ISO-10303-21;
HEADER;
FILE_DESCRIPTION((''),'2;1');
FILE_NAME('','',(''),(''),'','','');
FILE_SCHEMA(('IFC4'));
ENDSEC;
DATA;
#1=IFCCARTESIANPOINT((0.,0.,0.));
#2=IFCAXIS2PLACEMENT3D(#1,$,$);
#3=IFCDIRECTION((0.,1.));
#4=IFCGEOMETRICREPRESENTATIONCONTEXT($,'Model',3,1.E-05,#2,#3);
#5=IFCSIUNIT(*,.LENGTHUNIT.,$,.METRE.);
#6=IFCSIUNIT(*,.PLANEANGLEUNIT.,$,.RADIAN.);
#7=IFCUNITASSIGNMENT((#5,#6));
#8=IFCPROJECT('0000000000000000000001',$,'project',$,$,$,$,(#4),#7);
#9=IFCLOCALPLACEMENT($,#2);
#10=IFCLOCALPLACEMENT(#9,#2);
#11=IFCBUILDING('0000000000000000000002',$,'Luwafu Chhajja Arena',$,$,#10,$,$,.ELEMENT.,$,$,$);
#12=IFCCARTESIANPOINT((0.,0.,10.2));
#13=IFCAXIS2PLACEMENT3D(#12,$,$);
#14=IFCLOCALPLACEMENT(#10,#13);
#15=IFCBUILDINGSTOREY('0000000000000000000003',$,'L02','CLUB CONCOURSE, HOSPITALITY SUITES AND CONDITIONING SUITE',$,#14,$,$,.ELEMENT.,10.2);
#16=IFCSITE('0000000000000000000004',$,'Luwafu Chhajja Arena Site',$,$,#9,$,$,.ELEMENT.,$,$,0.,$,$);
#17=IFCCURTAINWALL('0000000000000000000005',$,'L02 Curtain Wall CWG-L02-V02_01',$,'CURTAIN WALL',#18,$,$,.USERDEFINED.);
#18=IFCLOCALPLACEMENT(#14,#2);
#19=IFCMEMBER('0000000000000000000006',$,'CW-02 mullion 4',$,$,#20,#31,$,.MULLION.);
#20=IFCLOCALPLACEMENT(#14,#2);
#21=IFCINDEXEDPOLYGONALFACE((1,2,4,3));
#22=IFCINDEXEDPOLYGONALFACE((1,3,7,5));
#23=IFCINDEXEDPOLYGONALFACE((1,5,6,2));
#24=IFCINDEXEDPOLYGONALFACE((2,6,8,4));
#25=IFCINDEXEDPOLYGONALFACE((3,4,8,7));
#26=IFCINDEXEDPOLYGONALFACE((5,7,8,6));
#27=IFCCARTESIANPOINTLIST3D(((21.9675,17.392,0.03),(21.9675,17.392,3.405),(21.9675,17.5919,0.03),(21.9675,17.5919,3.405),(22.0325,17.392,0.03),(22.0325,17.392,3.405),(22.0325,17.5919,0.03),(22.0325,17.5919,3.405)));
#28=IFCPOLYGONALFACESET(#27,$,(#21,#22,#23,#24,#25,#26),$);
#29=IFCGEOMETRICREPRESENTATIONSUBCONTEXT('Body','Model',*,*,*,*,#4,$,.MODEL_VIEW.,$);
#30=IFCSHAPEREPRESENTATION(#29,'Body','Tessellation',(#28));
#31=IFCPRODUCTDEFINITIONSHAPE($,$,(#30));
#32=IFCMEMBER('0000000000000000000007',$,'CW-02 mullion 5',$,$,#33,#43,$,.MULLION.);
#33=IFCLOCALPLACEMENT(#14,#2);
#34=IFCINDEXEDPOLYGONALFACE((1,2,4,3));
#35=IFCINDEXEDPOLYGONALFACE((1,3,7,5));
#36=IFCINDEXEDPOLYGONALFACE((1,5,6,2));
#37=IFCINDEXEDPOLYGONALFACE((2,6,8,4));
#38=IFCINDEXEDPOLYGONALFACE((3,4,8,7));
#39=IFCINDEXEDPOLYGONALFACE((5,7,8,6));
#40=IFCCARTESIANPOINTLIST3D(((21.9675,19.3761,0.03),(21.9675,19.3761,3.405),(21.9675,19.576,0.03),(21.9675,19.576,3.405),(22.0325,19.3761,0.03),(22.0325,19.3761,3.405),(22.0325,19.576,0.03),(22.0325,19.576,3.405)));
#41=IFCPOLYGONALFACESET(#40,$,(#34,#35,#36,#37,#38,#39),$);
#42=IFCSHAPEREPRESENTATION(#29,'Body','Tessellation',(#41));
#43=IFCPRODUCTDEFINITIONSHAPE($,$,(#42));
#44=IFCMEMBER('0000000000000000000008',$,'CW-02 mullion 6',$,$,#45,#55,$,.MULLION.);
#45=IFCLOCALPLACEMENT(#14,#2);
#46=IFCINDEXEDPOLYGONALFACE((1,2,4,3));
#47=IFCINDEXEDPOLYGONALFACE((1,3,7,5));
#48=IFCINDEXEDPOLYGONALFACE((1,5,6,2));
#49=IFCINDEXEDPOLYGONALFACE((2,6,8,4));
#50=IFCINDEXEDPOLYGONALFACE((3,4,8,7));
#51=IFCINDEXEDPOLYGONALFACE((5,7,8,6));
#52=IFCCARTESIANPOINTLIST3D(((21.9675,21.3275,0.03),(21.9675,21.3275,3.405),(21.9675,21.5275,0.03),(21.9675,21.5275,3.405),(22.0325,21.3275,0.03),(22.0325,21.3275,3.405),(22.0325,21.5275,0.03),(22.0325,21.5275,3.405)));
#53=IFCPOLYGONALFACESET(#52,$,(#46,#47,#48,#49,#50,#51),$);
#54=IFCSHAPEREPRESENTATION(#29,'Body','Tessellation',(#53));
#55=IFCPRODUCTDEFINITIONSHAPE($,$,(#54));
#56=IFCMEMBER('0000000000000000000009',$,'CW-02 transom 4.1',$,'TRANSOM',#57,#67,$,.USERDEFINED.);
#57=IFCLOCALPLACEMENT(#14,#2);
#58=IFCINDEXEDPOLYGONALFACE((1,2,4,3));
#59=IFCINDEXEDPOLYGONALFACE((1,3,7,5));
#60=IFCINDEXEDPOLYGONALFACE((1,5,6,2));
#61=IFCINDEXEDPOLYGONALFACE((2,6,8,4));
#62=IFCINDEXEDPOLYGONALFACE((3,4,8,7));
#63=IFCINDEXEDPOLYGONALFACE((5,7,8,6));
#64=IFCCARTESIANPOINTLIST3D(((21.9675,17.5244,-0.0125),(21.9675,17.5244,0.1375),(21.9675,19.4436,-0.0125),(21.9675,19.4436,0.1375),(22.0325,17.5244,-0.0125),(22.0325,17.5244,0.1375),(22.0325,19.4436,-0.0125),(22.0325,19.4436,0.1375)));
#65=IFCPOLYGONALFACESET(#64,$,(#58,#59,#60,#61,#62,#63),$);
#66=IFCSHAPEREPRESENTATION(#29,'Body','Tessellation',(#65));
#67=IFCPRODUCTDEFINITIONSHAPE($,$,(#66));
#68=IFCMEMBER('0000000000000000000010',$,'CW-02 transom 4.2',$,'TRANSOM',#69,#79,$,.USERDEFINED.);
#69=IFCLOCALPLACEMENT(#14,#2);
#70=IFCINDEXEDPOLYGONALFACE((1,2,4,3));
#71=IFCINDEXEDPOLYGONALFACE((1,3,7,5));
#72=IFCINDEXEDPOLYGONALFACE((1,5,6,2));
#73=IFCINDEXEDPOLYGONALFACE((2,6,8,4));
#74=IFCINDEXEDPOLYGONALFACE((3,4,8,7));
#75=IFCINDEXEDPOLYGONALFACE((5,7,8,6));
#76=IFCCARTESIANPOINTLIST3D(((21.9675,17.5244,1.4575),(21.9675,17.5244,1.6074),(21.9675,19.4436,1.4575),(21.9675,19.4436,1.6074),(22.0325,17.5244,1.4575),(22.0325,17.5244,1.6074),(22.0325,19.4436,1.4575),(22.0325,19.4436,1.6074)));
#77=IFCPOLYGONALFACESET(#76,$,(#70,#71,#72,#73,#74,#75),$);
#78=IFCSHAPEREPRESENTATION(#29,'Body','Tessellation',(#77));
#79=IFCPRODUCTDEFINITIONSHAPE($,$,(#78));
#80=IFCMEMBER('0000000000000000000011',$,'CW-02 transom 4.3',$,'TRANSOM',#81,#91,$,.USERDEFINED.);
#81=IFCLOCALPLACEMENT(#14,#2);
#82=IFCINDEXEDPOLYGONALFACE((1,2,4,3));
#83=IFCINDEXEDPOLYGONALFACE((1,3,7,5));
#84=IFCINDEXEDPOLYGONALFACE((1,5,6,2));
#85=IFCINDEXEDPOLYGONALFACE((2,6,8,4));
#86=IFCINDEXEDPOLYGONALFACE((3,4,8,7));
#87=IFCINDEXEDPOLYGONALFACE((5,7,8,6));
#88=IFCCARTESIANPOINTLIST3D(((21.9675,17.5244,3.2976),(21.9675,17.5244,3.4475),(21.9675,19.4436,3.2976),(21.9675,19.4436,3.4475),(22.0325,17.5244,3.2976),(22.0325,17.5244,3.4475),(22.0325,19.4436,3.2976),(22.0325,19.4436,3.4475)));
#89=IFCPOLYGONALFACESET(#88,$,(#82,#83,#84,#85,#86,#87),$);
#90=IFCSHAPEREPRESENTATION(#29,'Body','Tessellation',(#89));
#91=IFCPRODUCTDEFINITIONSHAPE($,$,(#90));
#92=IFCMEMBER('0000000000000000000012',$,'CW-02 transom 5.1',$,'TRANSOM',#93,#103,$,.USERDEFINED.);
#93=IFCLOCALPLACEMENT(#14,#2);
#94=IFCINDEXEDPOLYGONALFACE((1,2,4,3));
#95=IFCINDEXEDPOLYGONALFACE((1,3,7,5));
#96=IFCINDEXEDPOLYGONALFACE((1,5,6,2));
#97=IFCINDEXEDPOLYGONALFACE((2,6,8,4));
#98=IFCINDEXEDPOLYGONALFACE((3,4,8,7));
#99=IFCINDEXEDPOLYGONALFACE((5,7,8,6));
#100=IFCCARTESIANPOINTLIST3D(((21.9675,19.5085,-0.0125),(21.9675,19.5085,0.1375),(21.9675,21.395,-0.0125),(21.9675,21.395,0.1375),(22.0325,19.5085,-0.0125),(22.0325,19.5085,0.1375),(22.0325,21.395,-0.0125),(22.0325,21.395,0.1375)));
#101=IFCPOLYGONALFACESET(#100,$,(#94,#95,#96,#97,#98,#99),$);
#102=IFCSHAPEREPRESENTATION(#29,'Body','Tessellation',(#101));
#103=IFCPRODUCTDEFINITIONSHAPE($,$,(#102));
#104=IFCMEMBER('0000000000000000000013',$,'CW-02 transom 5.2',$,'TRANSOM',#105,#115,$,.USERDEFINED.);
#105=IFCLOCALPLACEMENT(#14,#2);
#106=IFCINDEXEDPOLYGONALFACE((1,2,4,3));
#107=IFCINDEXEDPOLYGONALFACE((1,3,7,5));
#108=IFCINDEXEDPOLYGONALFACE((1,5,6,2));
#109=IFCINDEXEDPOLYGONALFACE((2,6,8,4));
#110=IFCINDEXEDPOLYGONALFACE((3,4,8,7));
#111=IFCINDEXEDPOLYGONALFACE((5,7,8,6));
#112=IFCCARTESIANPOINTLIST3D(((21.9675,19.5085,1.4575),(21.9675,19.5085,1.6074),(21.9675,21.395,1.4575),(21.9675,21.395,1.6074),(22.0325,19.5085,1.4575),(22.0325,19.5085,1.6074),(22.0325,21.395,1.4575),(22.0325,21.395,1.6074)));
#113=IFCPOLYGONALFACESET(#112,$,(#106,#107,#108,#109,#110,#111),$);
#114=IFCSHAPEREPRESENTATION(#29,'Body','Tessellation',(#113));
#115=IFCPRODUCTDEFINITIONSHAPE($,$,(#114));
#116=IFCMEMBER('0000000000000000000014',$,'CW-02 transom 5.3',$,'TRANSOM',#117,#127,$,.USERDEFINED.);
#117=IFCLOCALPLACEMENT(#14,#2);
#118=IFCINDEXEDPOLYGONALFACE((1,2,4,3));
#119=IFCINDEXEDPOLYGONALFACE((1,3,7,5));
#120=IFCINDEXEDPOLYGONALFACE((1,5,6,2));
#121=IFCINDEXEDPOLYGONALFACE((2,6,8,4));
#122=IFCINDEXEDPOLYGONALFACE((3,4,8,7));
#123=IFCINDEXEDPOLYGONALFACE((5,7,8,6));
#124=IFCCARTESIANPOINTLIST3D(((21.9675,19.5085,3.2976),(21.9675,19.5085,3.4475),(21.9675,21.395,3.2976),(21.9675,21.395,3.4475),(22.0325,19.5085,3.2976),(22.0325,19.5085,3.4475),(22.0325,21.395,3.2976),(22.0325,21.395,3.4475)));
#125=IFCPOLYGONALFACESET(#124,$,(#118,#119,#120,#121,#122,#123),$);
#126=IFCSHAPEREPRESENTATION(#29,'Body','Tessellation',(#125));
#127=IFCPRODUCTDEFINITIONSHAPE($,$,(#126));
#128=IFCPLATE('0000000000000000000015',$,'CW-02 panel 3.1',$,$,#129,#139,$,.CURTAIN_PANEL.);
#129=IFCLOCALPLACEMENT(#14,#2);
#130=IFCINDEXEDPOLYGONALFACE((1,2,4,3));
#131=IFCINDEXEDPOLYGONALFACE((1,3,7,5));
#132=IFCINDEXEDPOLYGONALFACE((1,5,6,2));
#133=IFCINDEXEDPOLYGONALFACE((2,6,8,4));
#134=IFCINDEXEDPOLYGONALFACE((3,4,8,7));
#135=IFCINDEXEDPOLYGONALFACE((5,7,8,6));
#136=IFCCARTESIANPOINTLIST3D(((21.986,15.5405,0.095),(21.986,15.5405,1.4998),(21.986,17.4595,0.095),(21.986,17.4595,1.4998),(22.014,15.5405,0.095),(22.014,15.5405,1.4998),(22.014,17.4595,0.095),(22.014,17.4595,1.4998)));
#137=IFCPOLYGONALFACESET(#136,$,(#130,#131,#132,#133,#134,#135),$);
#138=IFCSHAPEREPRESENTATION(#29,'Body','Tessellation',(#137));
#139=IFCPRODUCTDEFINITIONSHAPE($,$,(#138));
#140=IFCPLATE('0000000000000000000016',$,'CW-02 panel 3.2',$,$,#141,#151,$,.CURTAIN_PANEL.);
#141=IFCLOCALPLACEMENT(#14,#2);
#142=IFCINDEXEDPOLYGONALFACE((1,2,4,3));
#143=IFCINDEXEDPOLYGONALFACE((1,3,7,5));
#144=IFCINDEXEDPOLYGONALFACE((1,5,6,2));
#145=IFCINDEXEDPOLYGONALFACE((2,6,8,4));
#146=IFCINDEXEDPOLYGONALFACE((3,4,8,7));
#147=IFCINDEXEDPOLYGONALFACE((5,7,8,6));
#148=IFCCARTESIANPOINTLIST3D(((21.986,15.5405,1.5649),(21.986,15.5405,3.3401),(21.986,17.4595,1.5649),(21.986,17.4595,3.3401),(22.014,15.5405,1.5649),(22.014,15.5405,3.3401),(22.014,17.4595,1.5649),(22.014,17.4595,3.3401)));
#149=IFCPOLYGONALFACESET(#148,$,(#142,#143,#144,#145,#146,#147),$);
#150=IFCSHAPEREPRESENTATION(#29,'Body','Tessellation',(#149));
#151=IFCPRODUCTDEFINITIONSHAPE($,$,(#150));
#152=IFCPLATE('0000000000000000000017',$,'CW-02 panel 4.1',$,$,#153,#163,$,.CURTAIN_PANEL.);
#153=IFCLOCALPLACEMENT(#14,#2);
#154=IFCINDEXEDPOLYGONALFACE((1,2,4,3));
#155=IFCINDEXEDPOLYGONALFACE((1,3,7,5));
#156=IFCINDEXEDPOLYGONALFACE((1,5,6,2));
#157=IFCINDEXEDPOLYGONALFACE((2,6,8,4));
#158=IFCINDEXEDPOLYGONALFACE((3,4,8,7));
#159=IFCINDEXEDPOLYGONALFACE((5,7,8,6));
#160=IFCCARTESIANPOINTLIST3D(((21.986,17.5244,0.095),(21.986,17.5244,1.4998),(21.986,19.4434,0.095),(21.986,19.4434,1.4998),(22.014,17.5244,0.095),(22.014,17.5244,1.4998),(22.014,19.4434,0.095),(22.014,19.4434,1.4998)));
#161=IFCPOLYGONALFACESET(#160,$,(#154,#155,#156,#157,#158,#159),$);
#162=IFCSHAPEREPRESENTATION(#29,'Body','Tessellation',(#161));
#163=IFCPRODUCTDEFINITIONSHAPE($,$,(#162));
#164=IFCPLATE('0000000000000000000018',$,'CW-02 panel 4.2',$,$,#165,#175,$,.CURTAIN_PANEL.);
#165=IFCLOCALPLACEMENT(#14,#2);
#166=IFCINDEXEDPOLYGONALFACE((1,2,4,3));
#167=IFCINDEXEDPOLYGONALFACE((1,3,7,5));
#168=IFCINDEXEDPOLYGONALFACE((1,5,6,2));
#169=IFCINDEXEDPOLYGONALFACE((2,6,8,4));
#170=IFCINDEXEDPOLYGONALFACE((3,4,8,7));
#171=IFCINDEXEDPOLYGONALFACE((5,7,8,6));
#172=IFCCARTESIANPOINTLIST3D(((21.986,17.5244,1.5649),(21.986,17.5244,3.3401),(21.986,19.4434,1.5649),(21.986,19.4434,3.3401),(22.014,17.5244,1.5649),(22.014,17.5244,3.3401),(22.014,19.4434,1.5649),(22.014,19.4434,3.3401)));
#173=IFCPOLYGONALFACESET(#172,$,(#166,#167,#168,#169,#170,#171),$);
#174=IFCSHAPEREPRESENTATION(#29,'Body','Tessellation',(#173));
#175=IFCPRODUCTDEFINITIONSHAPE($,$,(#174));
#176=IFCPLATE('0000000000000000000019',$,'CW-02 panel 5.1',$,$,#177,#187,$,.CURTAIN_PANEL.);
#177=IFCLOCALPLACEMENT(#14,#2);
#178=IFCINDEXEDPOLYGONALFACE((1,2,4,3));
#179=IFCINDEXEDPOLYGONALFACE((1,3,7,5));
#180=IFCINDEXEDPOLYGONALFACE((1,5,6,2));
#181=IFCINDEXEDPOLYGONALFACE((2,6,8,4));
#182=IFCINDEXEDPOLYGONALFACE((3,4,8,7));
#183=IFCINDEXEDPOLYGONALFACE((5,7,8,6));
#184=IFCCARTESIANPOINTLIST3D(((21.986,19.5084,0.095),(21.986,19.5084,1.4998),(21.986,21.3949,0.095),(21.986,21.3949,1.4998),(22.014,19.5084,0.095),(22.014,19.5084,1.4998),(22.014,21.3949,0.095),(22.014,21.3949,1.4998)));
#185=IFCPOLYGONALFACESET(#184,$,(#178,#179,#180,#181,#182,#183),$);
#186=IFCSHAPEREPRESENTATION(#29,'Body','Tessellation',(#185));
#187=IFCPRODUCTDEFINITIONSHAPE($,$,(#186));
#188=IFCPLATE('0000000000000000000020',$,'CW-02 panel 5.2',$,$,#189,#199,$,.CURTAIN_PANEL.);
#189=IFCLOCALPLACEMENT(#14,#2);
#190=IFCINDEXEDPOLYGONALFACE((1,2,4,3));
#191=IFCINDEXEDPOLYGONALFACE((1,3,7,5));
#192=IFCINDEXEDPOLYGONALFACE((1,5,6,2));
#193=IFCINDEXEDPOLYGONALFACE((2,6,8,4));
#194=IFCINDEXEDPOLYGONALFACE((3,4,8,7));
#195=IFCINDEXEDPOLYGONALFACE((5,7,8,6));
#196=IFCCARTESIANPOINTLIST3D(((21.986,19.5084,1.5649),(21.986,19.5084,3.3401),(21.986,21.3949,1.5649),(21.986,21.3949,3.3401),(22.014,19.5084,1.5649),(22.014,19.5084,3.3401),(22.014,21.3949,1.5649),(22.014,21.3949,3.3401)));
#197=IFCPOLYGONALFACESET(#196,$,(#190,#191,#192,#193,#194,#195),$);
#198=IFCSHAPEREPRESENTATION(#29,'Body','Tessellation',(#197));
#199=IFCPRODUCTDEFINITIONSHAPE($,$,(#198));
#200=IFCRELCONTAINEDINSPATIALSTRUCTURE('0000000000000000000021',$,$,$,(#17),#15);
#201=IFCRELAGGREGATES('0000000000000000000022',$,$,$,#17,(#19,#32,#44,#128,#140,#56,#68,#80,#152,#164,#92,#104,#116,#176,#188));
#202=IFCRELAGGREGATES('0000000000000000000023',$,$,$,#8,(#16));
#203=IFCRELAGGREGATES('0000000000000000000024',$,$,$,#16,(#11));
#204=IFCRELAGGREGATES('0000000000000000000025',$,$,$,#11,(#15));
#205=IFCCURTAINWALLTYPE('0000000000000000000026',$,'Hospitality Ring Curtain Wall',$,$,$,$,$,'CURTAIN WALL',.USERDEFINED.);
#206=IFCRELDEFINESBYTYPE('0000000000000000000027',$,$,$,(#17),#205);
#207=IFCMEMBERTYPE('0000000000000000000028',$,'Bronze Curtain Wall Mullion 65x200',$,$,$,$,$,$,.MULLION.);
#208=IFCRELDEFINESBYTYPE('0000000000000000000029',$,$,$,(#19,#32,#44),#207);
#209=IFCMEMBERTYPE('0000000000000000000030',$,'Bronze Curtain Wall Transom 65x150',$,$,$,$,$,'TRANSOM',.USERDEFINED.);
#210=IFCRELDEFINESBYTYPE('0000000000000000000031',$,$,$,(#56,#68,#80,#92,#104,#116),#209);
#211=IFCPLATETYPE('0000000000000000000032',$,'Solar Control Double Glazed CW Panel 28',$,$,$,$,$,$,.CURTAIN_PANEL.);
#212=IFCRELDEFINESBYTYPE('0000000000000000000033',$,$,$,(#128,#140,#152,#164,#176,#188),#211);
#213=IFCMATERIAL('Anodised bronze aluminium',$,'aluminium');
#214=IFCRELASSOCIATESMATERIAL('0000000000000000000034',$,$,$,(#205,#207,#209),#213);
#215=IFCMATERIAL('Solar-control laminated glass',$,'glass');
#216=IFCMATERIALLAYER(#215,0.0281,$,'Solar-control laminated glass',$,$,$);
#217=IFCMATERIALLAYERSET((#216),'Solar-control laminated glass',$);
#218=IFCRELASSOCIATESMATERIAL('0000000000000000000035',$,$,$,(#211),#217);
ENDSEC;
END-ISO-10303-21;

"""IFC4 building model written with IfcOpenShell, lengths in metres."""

from ifc_helpers import new_model, si_unit, direction, frame, origin, origin_2d, place, context, subcontext, project, spatial, rectangle, extrude, material, layer, layer_set, material_profile, profile_set, type_object, element, aggregate, save


model = new_model("IFC4")

# Units and contexts
model_context = context("Model", 3, precision=1e-05, world=origin(), true_north=direction((0.0, 1.0)))
body_context = subcontext(model_context, "Body", "Model", "MODEL_VIEW")
ifc_project = project(units=[si_unit("LENGTHUNIT", "METRE"), si_unit("PLANEANGLEUNIT", "RADIAN")], contexts=[model_context])

# Site, building, storey
site_placement = place(None, origin())
site = spatial("IfcSite", under=ifc_project, at=site_placement, Name="Luwafu Chhajja Arena Site", CompositionType="ELEMENT", RefElevation=0.0)
building_placement = place(site_placement, origin())
building = spatial("IfcBuilding", under=site, at=building_placement, Name="Luwafu Chhajja Arena", CompositionType="ELEMENT")
storey_placement = place(building_placement, frame((0.0, 0.0, 10.2)))
storey = spatial("IfcBuildingStorey", under=building, at=storey_placement, Name="L02", Description="CLUB CONCOURSE, HOSPITALITY SUITES AND CONDITIONING SUITE", CompositionType="ELEMENT", Elevation=10.2)

# Curtain wall, members, plates
ifc_material_1 = material(Name="Anodised bronze aluminium", Category="aluminium")
curtain_wall_type = type_object("IfcCurtainWallType", Name="Hospitality Ring Curtain Wall", ElementType="CURTAIN WALL", PredefinedType="USERDEFINED", material=ifc_material_1)
curtain_wall_placement = place(storey_placement, origin())
curtain_wall = element("IfcCurtainWall", 1, at=curtain_wall_placement, inside=storey, type_object=curtain_wall_type, Name="L02 Curtain Wall CWG-L02-V02_01", ObjectType="CURTAIN WALL", PredefinedType="USERDEFINED")
ifc_material_profile_1 = material_profile(ifc_material_1, rectangle(XDim=0.0649, YDim=0.2, at=origin_2d()), Name="CWM 65x200")
ifc_profile_set_1 = profile_set([ifc_material_profile_1], Name="Anodised bronze aluminium")
member_type_1 = type_object("IfcMemberType", Name="Bronze Curtain Wall Mullion 65x200", PredefinedType="MULLION", material=ifc_profile_set_1)
member_1_placement = place(storey_placement, frame((22.0, 17.4919, 0.03), z_axis=(0.0, 0.0, 1.0), x_axis=(-1.0, 0.0, 0.0)))
member_1 = element("IfcMember", 2, at=member_1_placement, type_object=member_type_1, Name="CW-02 mullion 4", PredefinedType="MULLION", context=body_context, shape_type="SweptSolid", body=[
    extrude(rectangle(XDim=0.0649, YDim=0.2, at=origin_2d()), origin(), (0.0, 0.0, 1.0), 3.375),
])
member_2_placement = place(storey_placement, frame((22.0, 19.4761, 0.03), z_axis=(0.0, 0.0, 1.0), x_axis=(-1.0, 0.0, 0.0)))
member_2 = element("IfcMember", 3, at=member_2_placement, type_object=member_type_1, Name="CW-02 mullion 5", PredefinedType="MULLION", context=body_context, shape_type="SweptSolid", body=[
    extrude(rectangle(XDim=0.0649, YDim=0.2, at=origin_2d()), origin(), (0.0, 0.0, 1.0), 3.375),
])
member_3_placement = place(storey_placement, frame((22.0, 21.4275, 0.03), z_axis=(0.0, 0.0, 1.0), x_axis=(-1.0, 0.0, 0.0)))
member_3 = element("IfcMember", 4, at=member_3_placement, type_object=member_type_1, Name="CW-02 mullion 6", PredefinedType="MULLION", context=body_context, shape_type="SweptSolid", body=[
    extrude(rectangle(XDim=0.0649, YDim=0.2, at=origin_2d()), origin(), (0.0, 0.0, 1.0), 3.375),
])
ifc_material_profile_2 = material_profile(ifc_material_1, rectangle(XDim=0.0649, YDim=0.1499, at=origin_2d()), Name="CWT 65x150")
ifc_profile_set_2 = profile_set([ifc_material_profile_2], Name="Anodised bronze aluminium")
member_type_2 = type_object("IfcMemberType", Name="Bronze Curtain Wall Transom 65x150", ElementType="TRANSOM", PredefinedType="USERDEFINED", material=ifc_profile_set_2)
member_4_placement = place(storey_placement, frame((22.0, 17.5244, 0.0625), z_axis=(0.0, 1.0, 0.0), x_axis=(-1.0, 0.0, 0.0)))
member_4 = element("IfcMember", 5, at=member_4_placement, type_object=member_type_2, Name="CW-02 transom 4.1", ObjectType="TRANSOM", PredefinedType="USERDEFINED", context=body_context, shape_type="SweptSolid", body=[
    extrude(rectangle(XDim=0.0649, YDim=0.1499, at=origin_2d()), origin(), (0.0, 0.0, 1.0), 1.9192),
])
member_5_placement = place(storey_placement, frame((22.0, 17.5244, 1.5325), z_axis=(0.0, 1.0, 0.0), x_axis=(-1.0, 0.0, 0.0)))
member_5 = element("IfcMember", 6, at=member_5_placement, type_object=member_type_2, Name="CW-02 transom 4.2", ObjectType="TRANSOM", PredefinedType="USERDEFINED", context=body_context, shape_type="SweptSolid", body=[
    extrude(rectangle(XDim=0.0649, YDim=0.1499, at=origin_2d()), origin(), (0.0, 0.0, 1.0), 1.9192),
])
member_6_placement = place(storey_placement, frame((22.0, 17.5244, 3.3726), z_axis=(0.0, 1.0, 0.0), x_axis=(-1.0, 0.0, 0.0)))
member_6 = element("IfcMember", 7, at=member_6_placement, type_object=member_type_2, Name="CW-02 transom 4.3", ObjectType="TRANSOM", PredefinedType="USERDEFINED", context=body_context, shape_type="SweptSolid", body=[
    extrude(rectangle(XDim=0.0649, YDim=0.1499, at=origin_2d()), origin(), (0.0, 0.0, 1.0), 1.9192),
])
member_7_placement = place(storey_placement, frame((22.0, 19.5085, 0.0625), z_axis=(0.0, 1.0, 0.0), x_axis=(-1.0, 0.0, 0.0)))
member_7 = element("IfcMember", 8, at=member_7_placement, type_object=member_type_2, Name="CW-02 transom 5.1", ObjectType="TRANSOM", PredefinedType="USERDEFINED", context=body_context, shape_type="SweptSolid", body=[
    extrude(rectangle(XDim=0.0649, YDim=0.1499, at=origin_2d()), origin(), (0.0, 0.0, 1.0), 1.8865),
])
member_8_placement = place(storey_placement, frame((22.0, 19.5085, 1.5325), z_axis=(0.0, 1.0, 0.0), x_axis=(-1.0, 0.0, 0.0)))
member_8 = element("IfcMember", 9, at=member_8_placement, type_object=member_type_2, Name="CW-02 transom 5.2", ObjectType="TRANSOM", PredefinedType="USERDEFINED", context=body_context, shape_type="SweptSolid", body=[
    extrude(rectangle(XDim=0.0649, YDim=0.1499, at=origin_2d()), origin(), (0.0, 0.0, 1.0), 1.8865),
])
member_9_placement = place(storey_placement, frame((22.0, 19.5085, 3.3726), z_axis=(0.0, 1.0, 0.0), x_axis=(-1.0, 0.0, 0.0)))
member_9 = element("IfcMember", 10, at=member_9_placement, type_object=member_type_2, Name="CW-02 transom 5.3", ObjectType="TRANSOM", PredefinedType="USERDEFINED", context=body_context, shape_type="SweptSolid", body=[
    extrude(rectangle(XDim=0.0649, YDim=0.1499, at=origin_2d()), origin(), (0.0, 0.0, 1.0), 1.8865),
])
ifc_material_2 = material(Name="Solar-control laminated glass", Category="glass")
ifc_layer_1 = layer(ifc_material_2, 0.0281, Name="Solar-control laminated glass")
ifc_layer_set_1 = layer_set([ifc_layer_1], Name="Solar-control laminated glass")
plate_type = type_object("IfcPlateType", Name="Solar Control Double Glazed CW Panel 28", PredefinedType="CURTAIN_PANEL", material=ifc_layer_set_1)
plate_1_placement = place(storey_placement, frame((22.0, 16.5, 0.095), z_axis=(0.0, 0.0, 1.0), x_axis=(0.0, 1.0, 0.0)))
plate_1 = element("IfcPlate", 11, at=plate_1_placement, type_object=plate_type, Name="CW-02 panel 3.1", PredefinedType="CURTAIN_PANEL", context=body_context, shape_type="SweptSolid", body=[
    extrude(rectangle(XDim=1.9189, YDim=0.0281, at=origin_2d()), origin(), (0.0, 0.0, 1.0), 1.4048),
])
plate_2_placement = place(storey_placement, frame((22.0, 16.5, 1.5649), z_axis=(0.0, 0.0, 1.0), x_axis=(0.0, 1.0, 0.0)))
plate_2 = element("IfcPlate", 12, at=plate_2_placement, type_object=plate_type, Name="CW-02 panel 3.2", PredefinedType="CURTAIN_PANEL", context=body_context, shape_type="SweptSolid", body=[
    extrude(rectangle(XDim=1.9189, YDim=0.0281, at=origin_2d()), origin(), (0.0, 0.0, 1.0), 1.7751),
])
plate_3_placement = place(storey_placement, frame((22.0, 18.4839, 0.095), z_axis=(0.0, 0.0, 1.0), x_axis=(0.0, 1.0, 0.0)))
plate_3 = element("IfcPlate", 13, at=plate_3_placement, type_object=plate_type, Name="CW-02 panel 4.1", PredefinedType="CURTAIN_PANEL", context=body_context, shape_type="SweptSolid", body=[
    extrude(rectangle(XDim=1.9189, YDim=0.0281, at=origin_2d()), origin(), (0.0, 0.0, 1.0), 1.4048),
])
plate_4_placement = place(storey_placement, frame((22.0, 18.4839, 1.5649), z_axis=(0.0, 0.0, 1.0), x_axis=(0.0, 1.0, 0.0)))
plate_4 = element("IfcPlate", 14, at=plate_4_placement, type_object=plate_type, Name="CW-02 panel 4.2", PredefinedType="CURTAIN_PANEL", context=body_context, shape_type="SweptSolid", body=[
    extrude(rectangle(XDim=1.9189, YDim=0.0281, at=origin_2d()), origin(), (0.0, 0.0, 1.0), 1.7751),
])
plate_5_placement = place(storey_placement, frame((22.0, 20.4517, 0.095), z_axis=(0.0, 0.0, 1.0), x_axis=(0.0, 1.0, 0.0)))
plate_5 = element("IfcPlate", 15, at=plate_5_placement, type_object=plate_type, Name="CW-02 panel 5.1", PredefinedType="CURTAIN_PANEL", context=body_context, shape_type="SweptSolid", body=[
    extrude(rectangle(XDim=1.8865, YDim=0.0281, at=origin_2d()), origin(), (0.0, 0.0, 1.0), 1.4048),
])
plate_6_placement = place(storey_placement, frame((22.0, 20.4517, 1.5649), z_axis=(0.0, 0.0, 1.0), x_axis=(0.0, 1.0, 0.0)))
plate_6 = element("IfcPlate", 16, at=plate_6_placement, type_object=plate_type, Name="CW-02 panel 5.2", PredefinedType="CURTAIN_PANEL", context=body_context, shape_type="SweptSolid", body=[
    extrude(rectangle(XDim=1.8865, YDim=0.0281, at=origin_2d()), origin(), (0.0, 0.0, 1.0), 1.7751),
])
aggregate(curtain_wall, [member_1, member_2, member_3, plate_1, plate_2, member_4, member_5, member_6, plate_3, plate_4, member_7, member_8, member_9, plate_5, plate_6])

save(model, "model.ifc")
